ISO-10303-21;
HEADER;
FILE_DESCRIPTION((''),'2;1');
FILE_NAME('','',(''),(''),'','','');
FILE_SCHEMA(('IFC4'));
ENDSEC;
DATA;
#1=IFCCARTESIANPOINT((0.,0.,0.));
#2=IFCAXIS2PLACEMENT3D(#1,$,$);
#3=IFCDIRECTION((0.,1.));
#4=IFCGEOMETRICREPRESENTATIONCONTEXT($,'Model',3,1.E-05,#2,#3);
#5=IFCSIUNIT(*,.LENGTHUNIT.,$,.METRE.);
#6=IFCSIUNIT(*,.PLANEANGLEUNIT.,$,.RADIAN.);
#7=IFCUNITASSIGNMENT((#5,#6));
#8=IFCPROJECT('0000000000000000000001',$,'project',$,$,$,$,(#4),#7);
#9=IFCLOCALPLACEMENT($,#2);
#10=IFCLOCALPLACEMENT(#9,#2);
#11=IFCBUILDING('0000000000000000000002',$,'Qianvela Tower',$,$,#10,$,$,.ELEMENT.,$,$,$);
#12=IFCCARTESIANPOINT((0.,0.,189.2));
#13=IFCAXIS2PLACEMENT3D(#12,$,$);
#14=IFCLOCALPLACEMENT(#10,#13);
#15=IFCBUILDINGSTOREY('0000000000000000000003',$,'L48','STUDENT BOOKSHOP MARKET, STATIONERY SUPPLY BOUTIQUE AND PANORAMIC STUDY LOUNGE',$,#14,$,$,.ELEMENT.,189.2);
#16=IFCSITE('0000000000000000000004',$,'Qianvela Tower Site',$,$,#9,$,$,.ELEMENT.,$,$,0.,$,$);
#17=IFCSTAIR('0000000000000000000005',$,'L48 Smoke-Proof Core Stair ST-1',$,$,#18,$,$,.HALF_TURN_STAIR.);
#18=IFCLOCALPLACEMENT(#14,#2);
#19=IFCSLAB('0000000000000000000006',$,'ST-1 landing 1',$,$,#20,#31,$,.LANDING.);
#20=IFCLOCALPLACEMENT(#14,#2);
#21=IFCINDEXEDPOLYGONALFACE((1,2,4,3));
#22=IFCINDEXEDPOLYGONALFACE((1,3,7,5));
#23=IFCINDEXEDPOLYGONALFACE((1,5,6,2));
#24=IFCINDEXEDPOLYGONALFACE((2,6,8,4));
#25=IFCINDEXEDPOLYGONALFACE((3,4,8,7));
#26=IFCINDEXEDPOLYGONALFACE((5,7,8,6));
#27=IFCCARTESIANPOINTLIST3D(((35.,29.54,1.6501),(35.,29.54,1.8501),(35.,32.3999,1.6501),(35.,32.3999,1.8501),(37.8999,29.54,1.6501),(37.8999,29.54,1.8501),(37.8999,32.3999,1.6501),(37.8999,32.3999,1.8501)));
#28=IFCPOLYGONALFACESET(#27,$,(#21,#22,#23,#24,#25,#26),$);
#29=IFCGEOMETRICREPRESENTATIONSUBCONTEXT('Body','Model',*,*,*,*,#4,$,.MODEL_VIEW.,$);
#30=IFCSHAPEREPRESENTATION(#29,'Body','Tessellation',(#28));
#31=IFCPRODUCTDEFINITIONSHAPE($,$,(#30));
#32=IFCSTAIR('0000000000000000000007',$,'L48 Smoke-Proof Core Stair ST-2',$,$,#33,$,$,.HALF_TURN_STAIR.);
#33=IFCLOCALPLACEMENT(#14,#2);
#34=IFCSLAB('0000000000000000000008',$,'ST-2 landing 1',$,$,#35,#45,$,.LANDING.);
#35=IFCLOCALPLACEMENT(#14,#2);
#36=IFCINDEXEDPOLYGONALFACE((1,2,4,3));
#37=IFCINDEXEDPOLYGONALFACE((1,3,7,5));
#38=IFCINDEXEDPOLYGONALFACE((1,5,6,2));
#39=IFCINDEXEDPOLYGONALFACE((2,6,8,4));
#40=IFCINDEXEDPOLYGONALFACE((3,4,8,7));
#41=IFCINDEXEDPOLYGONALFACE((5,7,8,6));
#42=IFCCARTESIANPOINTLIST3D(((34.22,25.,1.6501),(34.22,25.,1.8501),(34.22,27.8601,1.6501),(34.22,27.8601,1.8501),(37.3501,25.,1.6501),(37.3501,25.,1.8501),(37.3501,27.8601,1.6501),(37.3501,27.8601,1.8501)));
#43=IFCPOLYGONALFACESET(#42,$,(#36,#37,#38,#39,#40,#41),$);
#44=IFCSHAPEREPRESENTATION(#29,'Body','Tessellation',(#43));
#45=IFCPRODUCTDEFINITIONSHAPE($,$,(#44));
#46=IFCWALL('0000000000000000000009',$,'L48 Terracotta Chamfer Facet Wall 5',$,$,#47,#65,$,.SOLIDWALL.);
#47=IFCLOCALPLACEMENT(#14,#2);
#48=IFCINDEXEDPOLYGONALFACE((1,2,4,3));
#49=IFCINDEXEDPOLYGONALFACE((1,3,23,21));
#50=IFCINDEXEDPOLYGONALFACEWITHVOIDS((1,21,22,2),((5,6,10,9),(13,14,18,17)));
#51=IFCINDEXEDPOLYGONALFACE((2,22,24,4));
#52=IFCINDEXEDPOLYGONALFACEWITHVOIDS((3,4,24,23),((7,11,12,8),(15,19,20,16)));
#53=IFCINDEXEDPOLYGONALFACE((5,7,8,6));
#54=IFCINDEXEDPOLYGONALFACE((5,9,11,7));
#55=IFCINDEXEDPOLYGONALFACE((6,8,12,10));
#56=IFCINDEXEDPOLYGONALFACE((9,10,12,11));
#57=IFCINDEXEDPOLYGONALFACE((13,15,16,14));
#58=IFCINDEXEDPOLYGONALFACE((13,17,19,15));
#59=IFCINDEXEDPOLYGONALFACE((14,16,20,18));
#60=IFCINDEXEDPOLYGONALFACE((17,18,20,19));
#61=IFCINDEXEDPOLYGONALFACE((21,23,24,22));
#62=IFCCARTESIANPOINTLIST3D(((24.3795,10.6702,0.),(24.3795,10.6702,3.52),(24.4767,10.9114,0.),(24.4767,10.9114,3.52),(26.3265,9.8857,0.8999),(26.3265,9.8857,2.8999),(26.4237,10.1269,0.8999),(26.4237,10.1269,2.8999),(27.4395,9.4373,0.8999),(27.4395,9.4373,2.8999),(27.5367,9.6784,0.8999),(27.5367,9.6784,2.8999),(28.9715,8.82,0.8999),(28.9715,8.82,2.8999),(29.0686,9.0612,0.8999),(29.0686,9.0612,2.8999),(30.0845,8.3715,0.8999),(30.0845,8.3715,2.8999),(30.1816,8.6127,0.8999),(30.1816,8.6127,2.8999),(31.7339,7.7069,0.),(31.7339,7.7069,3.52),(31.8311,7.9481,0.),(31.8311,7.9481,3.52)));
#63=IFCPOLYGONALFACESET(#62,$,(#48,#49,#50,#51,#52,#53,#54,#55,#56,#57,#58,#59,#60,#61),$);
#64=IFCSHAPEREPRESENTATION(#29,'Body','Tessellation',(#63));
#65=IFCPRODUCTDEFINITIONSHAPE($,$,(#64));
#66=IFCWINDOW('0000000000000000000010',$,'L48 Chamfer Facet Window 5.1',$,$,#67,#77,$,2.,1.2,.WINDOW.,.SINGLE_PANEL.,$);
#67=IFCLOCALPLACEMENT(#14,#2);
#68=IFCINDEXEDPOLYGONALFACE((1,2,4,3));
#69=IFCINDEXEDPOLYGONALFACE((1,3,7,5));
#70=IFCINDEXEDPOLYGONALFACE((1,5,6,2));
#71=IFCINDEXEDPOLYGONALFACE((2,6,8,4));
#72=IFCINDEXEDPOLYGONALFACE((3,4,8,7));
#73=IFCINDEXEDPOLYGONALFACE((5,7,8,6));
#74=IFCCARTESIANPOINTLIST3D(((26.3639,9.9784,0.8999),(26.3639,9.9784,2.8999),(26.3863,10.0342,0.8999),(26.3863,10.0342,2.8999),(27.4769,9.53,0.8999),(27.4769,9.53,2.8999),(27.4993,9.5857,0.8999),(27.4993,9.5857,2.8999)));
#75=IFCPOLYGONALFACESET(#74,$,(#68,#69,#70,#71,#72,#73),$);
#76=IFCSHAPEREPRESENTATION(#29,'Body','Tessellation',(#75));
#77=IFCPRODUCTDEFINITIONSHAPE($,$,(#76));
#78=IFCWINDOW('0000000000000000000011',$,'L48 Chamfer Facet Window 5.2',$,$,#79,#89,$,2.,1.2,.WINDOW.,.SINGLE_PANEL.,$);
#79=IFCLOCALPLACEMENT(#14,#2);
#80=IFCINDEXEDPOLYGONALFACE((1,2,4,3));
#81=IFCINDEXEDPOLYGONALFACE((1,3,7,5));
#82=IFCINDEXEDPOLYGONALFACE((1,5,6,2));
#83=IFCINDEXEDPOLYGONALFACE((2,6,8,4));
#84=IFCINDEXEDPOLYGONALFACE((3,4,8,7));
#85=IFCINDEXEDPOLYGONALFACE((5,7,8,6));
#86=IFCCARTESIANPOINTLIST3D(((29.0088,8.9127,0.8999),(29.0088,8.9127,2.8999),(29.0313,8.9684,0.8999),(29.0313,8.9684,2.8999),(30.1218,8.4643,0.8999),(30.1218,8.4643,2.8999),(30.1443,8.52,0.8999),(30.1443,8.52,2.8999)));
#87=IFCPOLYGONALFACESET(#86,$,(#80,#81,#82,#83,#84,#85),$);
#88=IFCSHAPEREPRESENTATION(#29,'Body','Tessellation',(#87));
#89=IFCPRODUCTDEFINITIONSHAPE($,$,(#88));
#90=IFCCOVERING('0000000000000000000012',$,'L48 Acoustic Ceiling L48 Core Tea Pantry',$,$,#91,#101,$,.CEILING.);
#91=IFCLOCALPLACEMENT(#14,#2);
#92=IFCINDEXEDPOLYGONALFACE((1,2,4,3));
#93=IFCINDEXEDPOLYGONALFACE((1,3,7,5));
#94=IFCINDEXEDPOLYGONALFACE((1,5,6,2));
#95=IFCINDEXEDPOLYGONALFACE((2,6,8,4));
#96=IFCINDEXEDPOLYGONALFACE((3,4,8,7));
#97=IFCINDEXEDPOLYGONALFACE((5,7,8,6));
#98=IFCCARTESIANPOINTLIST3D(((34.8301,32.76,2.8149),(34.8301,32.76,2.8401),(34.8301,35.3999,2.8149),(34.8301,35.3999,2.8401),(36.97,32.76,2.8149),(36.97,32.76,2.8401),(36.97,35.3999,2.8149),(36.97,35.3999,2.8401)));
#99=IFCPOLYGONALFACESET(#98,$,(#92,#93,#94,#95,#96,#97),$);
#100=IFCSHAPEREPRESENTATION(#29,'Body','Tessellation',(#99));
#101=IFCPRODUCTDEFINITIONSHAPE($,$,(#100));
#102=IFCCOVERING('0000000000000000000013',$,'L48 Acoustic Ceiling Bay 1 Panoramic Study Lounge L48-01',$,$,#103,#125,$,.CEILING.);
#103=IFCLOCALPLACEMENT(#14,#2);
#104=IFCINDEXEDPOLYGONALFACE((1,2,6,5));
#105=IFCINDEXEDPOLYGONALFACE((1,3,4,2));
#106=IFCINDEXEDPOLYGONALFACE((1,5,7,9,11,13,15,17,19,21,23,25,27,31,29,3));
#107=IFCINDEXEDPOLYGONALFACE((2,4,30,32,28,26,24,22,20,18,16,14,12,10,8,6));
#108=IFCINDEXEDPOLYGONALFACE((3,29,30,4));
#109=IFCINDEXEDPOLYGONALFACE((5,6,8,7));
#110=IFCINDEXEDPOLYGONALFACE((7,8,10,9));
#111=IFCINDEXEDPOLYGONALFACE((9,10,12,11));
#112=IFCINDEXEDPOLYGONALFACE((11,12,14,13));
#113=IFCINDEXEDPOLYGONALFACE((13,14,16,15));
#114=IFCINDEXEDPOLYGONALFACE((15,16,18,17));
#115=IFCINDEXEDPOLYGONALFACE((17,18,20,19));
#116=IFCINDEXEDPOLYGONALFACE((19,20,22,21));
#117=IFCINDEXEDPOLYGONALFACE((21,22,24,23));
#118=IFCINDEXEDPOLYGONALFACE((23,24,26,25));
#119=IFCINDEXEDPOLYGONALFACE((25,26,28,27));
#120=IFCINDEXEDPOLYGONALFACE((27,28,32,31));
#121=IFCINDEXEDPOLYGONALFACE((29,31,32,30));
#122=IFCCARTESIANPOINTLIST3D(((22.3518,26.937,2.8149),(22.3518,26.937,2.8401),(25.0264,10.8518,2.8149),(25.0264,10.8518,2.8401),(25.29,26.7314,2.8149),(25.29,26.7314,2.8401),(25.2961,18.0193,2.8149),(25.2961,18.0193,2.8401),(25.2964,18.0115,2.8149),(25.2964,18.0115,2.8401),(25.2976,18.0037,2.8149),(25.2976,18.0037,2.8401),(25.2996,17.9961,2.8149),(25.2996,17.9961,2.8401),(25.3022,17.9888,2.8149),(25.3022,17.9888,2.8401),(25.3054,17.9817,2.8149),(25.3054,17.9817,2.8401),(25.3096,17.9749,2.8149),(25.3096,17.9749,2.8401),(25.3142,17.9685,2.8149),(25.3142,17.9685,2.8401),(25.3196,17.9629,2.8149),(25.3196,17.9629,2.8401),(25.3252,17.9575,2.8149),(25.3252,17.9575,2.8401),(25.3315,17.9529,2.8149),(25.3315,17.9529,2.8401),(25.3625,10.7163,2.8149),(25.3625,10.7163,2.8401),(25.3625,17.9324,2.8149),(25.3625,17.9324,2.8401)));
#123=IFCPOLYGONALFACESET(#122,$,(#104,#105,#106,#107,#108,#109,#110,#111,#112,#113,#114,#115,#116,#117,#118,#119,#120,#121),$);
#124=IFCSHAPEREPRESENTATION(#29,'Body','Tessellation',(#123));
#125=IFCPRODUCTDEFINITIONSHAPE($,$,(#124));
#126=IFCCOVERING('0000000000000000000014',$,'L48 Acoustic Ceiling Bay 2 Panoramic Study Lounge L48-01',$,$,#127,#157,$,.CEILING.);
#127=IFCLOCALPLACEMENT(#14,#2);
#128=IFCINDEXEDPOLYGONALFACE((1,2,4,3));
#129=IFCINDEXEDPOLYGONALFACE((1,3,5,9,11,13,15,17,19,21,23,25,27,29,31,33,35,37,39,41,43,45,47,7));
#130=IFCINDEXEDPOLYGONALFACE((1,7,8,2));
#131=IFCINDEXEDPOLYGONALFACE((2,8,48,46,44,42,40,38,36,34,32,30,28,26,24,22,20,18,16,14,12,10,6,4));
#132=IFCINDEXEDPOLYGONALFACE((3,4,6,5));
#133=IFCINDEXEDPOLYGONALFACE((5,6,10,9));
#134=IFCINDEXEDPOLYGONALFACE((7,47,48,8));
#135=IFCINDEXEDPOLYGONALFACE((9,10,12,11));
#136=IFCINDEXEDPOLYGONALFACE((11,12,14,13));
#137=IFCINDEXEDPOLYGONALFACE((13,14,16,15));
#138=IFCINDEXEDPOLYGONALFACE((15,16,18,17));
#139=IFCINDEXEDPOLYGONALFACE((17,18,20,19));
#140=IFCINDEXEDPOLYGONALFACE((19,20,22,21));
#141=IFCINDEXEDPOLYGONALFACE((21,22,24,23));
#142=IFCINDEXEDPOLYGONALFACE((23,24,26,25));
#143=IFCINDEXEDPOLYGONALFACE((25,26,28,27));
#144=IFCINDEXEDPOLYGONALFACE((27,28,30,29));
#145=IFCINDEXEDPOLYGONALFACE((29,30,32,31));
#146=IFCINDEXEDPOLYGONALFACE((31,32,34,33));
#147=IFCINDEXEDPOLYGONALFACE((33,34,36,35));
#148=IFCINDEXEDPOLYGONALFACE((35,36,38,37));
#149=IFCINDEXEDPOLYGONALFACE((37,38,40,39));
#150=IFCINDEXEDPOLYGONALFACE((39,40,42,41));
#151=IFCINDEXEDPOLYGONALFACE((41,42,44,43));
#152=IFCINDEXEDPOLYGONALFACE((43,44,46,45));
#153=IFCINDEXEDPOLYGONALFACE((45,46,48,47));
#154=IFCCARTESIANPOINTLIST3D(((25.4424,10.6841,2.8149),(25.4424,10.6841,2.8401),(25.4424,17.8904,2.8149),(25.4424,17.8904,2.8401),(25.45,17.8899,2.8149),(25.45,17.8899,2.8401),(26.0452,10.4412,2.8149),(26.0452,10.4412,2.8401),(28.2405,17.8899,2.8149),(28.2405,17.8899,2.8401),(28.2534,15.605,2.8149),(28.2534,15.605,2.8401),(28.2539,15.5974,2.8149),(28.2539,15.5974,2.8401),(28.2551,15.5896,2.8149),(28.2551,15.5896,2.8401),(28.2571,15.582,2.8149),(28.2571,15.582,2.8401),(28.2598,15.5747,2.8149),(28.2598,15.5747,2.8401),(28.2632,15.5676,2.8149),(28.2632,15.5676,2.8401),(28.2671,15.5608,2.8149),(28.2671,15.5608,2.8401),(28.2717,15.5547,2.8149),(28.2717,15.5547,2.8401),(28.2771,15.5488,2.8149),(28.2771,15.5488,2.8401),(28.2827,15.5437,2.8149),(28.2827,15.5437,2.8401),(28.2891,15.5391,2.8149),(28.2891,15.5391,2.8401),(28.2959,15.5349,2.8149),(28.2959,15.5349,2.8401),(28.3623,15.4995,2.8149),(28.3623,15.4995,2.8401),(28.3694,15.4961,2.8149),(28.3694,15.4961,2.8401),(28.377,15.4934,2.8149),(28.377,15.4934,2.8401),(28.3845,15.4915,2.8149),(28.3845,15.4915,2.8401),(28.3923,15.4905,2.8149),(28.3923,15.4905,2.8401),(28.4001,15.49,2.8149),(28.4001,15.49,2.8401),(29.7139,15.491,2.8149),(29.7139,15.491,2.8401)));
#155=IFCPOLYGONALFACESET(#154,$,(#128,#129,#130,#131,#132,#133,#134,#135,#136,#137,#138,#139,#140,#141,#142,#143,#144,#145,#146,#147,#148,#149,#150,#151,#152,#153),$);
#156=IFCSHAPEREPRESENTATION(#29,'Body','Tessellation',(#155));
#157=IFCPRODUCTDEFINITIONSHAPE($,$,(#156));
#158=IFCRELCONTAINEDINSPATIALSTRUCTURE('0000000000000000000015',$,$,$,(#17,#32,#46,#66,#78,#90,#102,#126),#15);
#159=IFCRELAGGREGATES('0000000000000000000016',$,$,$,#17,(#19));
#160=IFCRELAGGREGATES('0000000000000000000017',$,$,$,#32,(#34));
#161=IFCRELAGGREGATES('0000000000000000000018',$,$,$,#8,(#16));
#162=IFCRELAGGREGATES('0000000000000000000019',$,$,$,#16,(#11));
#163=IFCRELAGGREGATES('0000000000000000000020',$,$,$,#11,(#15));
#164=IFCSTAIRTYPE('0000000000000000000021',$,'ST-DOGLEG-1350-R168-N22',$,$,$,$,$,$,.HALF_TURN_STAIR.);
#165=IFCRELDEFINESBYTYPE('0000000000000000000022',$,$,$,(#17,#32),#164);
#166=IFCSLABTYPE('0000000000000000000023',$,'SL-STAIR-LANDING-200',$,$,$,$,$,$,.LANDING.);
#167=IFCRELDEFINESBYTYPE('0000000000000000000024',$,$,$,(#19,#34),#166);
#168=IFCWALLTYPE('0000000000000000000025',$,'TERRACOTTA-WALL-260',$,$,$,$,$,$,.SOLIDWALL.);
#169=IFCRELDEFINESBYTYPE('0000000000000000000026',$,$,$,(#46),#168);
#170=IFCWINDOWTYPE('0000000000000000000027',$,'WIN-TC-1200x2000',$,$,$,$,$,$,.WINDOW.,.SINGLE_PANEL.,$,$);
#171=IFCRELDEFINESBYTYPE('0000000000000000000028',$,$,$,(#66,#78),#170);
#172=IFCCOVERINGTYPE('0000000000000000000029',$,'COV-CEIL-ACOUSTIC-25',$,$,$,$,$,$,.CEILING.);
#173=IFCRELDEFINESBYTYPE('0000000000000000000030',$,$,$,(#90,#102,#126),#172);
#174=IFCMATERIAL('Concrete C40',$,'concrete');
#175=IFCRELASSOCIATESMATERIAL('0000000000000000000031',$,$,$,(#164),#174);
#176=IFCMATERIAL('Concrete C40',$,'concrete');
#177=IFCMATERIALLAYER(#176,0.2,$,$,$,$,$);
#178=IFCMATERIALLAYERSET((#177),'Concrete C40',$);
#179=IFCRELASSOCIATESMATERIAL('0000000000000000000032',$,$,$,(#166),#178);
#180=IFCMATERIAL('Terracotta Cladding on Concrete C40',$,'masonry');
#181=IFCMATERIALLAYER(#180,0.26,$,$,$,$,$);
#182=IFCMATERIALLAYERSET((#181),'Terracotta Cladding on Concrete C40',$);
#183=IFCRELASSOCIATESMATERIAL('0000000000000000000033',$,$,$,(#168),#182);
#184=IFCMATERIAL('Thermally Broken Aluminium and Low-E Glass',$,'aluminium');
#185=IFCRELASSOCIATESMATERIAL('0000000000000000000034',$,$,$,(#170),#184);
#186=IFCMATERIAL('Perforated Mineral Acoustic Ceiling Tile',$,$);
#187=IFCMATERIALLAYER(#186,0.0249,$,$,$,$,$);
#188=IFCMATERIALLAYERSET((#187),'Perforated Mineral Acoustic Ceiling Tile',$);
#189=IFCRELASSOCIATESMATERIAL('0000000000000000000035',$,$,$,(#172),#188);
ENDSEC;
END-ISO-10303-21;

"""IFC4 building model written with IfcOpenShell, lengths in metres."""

from ifc_helpers import new_model, si_unit, direction, frame, frame_2d, origin, place, context, subcontext, project, spatial, polyline, rectangle, outline, extrude, material, layer, layer_set, type_object, element, fill, aggregate, save


model = new_model("IFC4")

# Units and contexts
model_context = context("Model", 3, precision=1e-05, world=origin(), true_north=direction((0.0, 1.0)))
body_context = subcontext(model_context, "Body", "Model", "MODEL_VIEW")
ifc_project = project(units=[si_unit("LENGTHUNIT", "METRE"), si_unit("PLANEANGLEUNIT", "RADIAN")], contexts=[model_context])

# Site, building, storey
site_placement = place(None, origin())
site = spatial("IfcSite", under=ifc_project, at=site_placement, Name="Qianvela Tower Site", CompositionType="ELEMENT", RefElevation=0.0)
building_placement = place(site_placement, origin())
building = spatial("IfcBuilding", under=site, at=building_placement, Name="Qianvela Tower", CompositionType="ELEMENT")
storey_placement = place(building_placement, frame((0.0, 0.0, 189.2)))
storey = spatial("IfcBuildingStorey", under=building, at=storey_placement, Name="L48", Description="STUDENT BOOKSHOP MARKET, STATIONERY SUPPLY BOUTIQUE AND PANORAMIC STUDY LOUNGE", CompositionType="ELEMENT", Elevation=189.2)

# Stairs, slabs
ifc_material_1 = material(Name="Concrete C40", Category="concrete")
stair_type = type_object("IfcStairType", Name="ST-DOGLEG-1350-R168-N22", PredefinedType="HALF_TURN_STAIR", material=ifc_material_1)
stair_1_placement = place(storey_placement, origin())
stair_1 = element("IfcStair", 1, at=stair_1_placement, inside=storey, type_object=stair_type, Name="L48 Smoke-Proof Core Stair ST-1", PredefinedType="HALF_TURN_STAIR")
ifc_material_2 = material(Name="Concrete C40", Category="concrete")
ifc_layer_1 = layer(ifc_material_2, 0.2)
ifc_layer_set_1 = layer_set([ifc_layer_1], Name="Concrete C40")
slab_type_1 = type_object("IfcSlabType", Name="SL-STAIR-LANDING-200", PredefinedType="LANDING", material=ifc_layer_set_1)
slab_1_placement = place(storey_placement, frame((0.0, 0.0, 1.6501)))
slab_1 = element("IfcSlab", 2, at=slab_1_placement, type_object=slab_type_1, Name="ST-1 landing 1", PredefinedType="LANDING", context=body_context, shape_type="SweptSolid", body=[
    extrude(outline(polyline([(35.0, 29.54), (37.8999, 29.54), (37.8999, 32.3999), (35.0, 32.3999), (35.0, 29.54)])), origin(), (0.0, 0.0, 1.0), 0.2),
])
aggregate(stair_1, [slab_1])
stair_2_placement = place(storey_placement, origin())
stair_2 = element("IfcStair", 3, at=stair_2_placement, inside=storey, type_object=stair_type, Name="L48 Smoke-Proof Core Stair ST-2", PredefinedType="HALF_TURN_STAIR")
slab_2_placement = place(storey_placement, frame((0.0, 0.0, 1.6501)))
slab_2 = element("IfcSlab", 4, at=slab_2_placement, type_object=slab_type_1, Name="ST-2 landing 1", PredefinedType="LANDING", context=body_context, shape_type="SweptSolid", body=[
    extrude(outline(polyline([(34.22, 25.0), (37.3501, 25.0), (37.3501, 27.8601), (34.22, 27.8601), (34.22, 25.0)])), origin(), (0.0, 0.0, 1.0), 0.2),
])
aggregate(stair_2, [slab_2])

# Wall, openings, windows
ifc_material_3 = material(Name="Terracotta Cladding on Concrete C40", Category="masonry")
ifc_layer_2 = layer(ifc_material_3, 0.26)
ifc_layer_set_2 = layer_set([ifc_layer_2], Name="Terracotta Cladding on Concrete C40")
wall_type = type_object("IfcWallType", Name="TERRACOTTA-WALL-260", PredefinedType="SOLIDWALL", material=ifc_layer_set_2)
wall_placement = place(storey_placement, frame((24.4282, 10.7908, 0.0), z_axis=(0.0, 0.0, 1.0), x_axis=(0.927535, -0.373736, 0.0)))
wall = element("IfcWall", 5, at=wall_placement, inside=storey, type_object=wall_type, Name="L48 Terracotta Chamfer Facet Wall 5", PredefinedType="SOLIDWALL", context=body_context, shape_type="SweptSolid", body=[
    extrude(rectangle(XDim=7.929, YDim=0.26, at=frame_2d((3.9644, 0.0))), origin(), (0.0, 0.0, 1.0), 3.52),
])
opening_1_placement = place(wall_placement, frame((2.0989, 0.0, 0.8999)))
opening_1 = element("IfcOpeningElement", 6, at=opening_1_placement, cuts=wall, PredefinedType="OPENING", context=body_context, shape_type="SweptSolid", body=[
    extrude(rectangle(XDim=1.2, YDim=2.0, at=frame_2d((0.6001, 1.0))), frame((0.0, 0.1399, 0.0), z_axis=(0.0, -1.0, 0.0), x_axis=(1.0, 0.0, 0.0)), (0.0, 0.0, 1.0), 0.28),
])
opening_2_placement = place(wall_placement, frame((4.9504, 0.0, 0.8999)))
opening_2 = element("IfcOpeningElement", 7, at=opening_2_placement, cuts=wall, PredefinedType="OPENING", context=body_context, shape_type="SweptSolid", body=[
    extrude(rectangle(XDim=1.2, YDim=2.0, at=frame_2d((0.6001, 1.0))), frame((0.0, 0.1399, 0.0), z_axis=(0.0, -1.0, 0.0), x_axis=(1.0, 0.0, 0.0)), (0.0, 0.0, 1.0), 0.28),
])
ifc_material_4 = material(Name="Thermally Broken Aluminium and Low-E Glass", Category="aluminium")
window_type = type_object("IfcWindowType", Name="WIN-TC-1200x2000", PartitioningType="SINGLE_PANEL", PredefinedType="WINDOW", material=ifc_material_4)
window_1_placement = place(opening_1_placement, origin())
window_1 = element("IfcWindow", 8, at=window_1_placement, inside=storey, type_object=window_type, Name="L48 Chamfer Facet Window 5.1", OverallHeight=2.0, OverallWidth=1.2, PartitioningType="SINGLE_PANEL", PredefinedType="WINDOW", context=body_context, shape_type="SweptSolid", body=[
    extrude(rectangle(XDim=1.2, YDim=2.0, at=frame_2d((0.6001, 1.0))), frame((0.0, 0.03, 0.0), z_axis=(0.0, -1.0, 0.0), x_axis=(1.0, 0.0, 0.0)), (0.0, 0.0, 1.0), 0.0601),
])
fill(opening_1, window_1)
window_2_placement = place(opening_2_placement, origin())
window_2 = element("IfcWindow", 9, at=window_2_placement, inside=storey, type_object=window_type, Name="L48 Chamfer Facet Window 5.2", OverallHeight=2.0, OverallWidth=1.2, PartitioningType="SINGLE_PANEL", PredefinedType="WINDOW", context=body_context, shape_type="SweptSolid", body=[
    extrude(rectangle(XDim=1.2, YDim=2.0, at=frame_2d((0.6001, 1.0))), frame((0.0, 0.03, 0.0), z_axis=(0.0, -1.0, 0.0), x_axis=(1.0, 0.0, 0.0)), (0.0, 0.0, 1.0), 0.0601),
])
fill(opening_2, window_2)

# Coverings
ifc_material_5 = material(Name="Perforated Mineral Acoustic Ceiling Tile")
ifc_layer_3 = layer(ifc_material_5, 0.0249)
ifc_layer_set_3 = layer_set([ifc_layer_3], Name="Perforated Mineral Acoustic Ceiling Tile")
covering_type_1 = type_object("IfcCoveringType", Name="COV-CEIL-ACOUSTIC-25", PredefinedType="CEILING", material=ifc_layer_set_3)
covering_1_placement = place(storey_placement, frame((0.0, 0.0, 2.8149)))
element("IfcCovering", 10, at=covering_1_placement, inside=storey, type_object=covering_type_1, Name="L48 Acoustic Ceiling L48 Core Tea Pantry", PredefinedType="CEILING", context=body_context, shape_type="SweptSolid", body=[
    extrude(outline(polyline([(36.97, 32.76), (34.8301, 32.76), (34.8301, 35.3999), (36.97, 35.3999), (36.97, 32.76)])), origin(), (0.0, 0.0, 1.0), 0.0251),
])
covering_2_placement = place(storey_placement, frame((0.0, 0.0, 2.8149)))
element("IfcCovering", 11, at=covering_2_placement, inside=storey, type_object=covering_type_1, Name="L48 Acoustic Ceiling Bay 1 Panoramic Study Lounge L48-01", PredefinedType="CEILING", context=body_context, shape_type="SweptSolid", body=[
    extrude(outline(polyline([(25.29, 26.7314), (25.2961, 18.0193), (25.2964, 18.0115), (25.2976, 18.0037), (25.2996, 17.9961), (25.3022, 17.9888), (25.3054, 17.9817), (25.3096, 17.9749), (25.3142, 17.9685), (25.3196, 17.9629), (25.3252, 17.9575), (25.3315, 17.9529), (25.3625, 17.9324), (25.3625, 10.7163), (25.0264, 10.8518), (22.3518, 26.937), (25.29, 26.7314)])), origin(), (0.0, 0.0, 1.0), 0.0251),
])
covering_3_placement = place(storey_placement, frame((0.0, 0.0, 2.8149)))
element("IfcCovering", 12, at=covering_3_placement, inside=storey, type_object=covering_type_1, Name="L48 Acoustic Ceiling Bay 2 Panoramic Study Lounge L48-01", PredefinedType="CEILING", context=body_context, shape_type="SweptSolid", body=[
    extrude(outline(polyline([(25.45, 17.8899), (28.2405, 17.8899), (28.2534, 15.605), (28.2539, 15.5974), (28.2551, 15.5896), (28.2571, 15.582), (28.2598, 15.5747), (28.2632, 15.5676), (28.2671, 15.5608), (28.2717, 15.5547), (28.2771, 15.5488), (28.2827, 15.5437), (28.2891, 15.5391), (28.2959, 15.5349), (28.3623, 15.4995), (28.3694, 15.4961), (28.377, 15.4934), (28.3845, 15.4915), (28.3923, 15.4905), (28.4001, 15.49), (29.7139, 15.491), (26.0452, 10.4412), (25.4424, 10.6841), (25.4424, 17.8904), (25.45, 17.8899)])), origin(), (0.0, 0.0, 1.0), 0.0251),
])

save(model, "model.ifc")
